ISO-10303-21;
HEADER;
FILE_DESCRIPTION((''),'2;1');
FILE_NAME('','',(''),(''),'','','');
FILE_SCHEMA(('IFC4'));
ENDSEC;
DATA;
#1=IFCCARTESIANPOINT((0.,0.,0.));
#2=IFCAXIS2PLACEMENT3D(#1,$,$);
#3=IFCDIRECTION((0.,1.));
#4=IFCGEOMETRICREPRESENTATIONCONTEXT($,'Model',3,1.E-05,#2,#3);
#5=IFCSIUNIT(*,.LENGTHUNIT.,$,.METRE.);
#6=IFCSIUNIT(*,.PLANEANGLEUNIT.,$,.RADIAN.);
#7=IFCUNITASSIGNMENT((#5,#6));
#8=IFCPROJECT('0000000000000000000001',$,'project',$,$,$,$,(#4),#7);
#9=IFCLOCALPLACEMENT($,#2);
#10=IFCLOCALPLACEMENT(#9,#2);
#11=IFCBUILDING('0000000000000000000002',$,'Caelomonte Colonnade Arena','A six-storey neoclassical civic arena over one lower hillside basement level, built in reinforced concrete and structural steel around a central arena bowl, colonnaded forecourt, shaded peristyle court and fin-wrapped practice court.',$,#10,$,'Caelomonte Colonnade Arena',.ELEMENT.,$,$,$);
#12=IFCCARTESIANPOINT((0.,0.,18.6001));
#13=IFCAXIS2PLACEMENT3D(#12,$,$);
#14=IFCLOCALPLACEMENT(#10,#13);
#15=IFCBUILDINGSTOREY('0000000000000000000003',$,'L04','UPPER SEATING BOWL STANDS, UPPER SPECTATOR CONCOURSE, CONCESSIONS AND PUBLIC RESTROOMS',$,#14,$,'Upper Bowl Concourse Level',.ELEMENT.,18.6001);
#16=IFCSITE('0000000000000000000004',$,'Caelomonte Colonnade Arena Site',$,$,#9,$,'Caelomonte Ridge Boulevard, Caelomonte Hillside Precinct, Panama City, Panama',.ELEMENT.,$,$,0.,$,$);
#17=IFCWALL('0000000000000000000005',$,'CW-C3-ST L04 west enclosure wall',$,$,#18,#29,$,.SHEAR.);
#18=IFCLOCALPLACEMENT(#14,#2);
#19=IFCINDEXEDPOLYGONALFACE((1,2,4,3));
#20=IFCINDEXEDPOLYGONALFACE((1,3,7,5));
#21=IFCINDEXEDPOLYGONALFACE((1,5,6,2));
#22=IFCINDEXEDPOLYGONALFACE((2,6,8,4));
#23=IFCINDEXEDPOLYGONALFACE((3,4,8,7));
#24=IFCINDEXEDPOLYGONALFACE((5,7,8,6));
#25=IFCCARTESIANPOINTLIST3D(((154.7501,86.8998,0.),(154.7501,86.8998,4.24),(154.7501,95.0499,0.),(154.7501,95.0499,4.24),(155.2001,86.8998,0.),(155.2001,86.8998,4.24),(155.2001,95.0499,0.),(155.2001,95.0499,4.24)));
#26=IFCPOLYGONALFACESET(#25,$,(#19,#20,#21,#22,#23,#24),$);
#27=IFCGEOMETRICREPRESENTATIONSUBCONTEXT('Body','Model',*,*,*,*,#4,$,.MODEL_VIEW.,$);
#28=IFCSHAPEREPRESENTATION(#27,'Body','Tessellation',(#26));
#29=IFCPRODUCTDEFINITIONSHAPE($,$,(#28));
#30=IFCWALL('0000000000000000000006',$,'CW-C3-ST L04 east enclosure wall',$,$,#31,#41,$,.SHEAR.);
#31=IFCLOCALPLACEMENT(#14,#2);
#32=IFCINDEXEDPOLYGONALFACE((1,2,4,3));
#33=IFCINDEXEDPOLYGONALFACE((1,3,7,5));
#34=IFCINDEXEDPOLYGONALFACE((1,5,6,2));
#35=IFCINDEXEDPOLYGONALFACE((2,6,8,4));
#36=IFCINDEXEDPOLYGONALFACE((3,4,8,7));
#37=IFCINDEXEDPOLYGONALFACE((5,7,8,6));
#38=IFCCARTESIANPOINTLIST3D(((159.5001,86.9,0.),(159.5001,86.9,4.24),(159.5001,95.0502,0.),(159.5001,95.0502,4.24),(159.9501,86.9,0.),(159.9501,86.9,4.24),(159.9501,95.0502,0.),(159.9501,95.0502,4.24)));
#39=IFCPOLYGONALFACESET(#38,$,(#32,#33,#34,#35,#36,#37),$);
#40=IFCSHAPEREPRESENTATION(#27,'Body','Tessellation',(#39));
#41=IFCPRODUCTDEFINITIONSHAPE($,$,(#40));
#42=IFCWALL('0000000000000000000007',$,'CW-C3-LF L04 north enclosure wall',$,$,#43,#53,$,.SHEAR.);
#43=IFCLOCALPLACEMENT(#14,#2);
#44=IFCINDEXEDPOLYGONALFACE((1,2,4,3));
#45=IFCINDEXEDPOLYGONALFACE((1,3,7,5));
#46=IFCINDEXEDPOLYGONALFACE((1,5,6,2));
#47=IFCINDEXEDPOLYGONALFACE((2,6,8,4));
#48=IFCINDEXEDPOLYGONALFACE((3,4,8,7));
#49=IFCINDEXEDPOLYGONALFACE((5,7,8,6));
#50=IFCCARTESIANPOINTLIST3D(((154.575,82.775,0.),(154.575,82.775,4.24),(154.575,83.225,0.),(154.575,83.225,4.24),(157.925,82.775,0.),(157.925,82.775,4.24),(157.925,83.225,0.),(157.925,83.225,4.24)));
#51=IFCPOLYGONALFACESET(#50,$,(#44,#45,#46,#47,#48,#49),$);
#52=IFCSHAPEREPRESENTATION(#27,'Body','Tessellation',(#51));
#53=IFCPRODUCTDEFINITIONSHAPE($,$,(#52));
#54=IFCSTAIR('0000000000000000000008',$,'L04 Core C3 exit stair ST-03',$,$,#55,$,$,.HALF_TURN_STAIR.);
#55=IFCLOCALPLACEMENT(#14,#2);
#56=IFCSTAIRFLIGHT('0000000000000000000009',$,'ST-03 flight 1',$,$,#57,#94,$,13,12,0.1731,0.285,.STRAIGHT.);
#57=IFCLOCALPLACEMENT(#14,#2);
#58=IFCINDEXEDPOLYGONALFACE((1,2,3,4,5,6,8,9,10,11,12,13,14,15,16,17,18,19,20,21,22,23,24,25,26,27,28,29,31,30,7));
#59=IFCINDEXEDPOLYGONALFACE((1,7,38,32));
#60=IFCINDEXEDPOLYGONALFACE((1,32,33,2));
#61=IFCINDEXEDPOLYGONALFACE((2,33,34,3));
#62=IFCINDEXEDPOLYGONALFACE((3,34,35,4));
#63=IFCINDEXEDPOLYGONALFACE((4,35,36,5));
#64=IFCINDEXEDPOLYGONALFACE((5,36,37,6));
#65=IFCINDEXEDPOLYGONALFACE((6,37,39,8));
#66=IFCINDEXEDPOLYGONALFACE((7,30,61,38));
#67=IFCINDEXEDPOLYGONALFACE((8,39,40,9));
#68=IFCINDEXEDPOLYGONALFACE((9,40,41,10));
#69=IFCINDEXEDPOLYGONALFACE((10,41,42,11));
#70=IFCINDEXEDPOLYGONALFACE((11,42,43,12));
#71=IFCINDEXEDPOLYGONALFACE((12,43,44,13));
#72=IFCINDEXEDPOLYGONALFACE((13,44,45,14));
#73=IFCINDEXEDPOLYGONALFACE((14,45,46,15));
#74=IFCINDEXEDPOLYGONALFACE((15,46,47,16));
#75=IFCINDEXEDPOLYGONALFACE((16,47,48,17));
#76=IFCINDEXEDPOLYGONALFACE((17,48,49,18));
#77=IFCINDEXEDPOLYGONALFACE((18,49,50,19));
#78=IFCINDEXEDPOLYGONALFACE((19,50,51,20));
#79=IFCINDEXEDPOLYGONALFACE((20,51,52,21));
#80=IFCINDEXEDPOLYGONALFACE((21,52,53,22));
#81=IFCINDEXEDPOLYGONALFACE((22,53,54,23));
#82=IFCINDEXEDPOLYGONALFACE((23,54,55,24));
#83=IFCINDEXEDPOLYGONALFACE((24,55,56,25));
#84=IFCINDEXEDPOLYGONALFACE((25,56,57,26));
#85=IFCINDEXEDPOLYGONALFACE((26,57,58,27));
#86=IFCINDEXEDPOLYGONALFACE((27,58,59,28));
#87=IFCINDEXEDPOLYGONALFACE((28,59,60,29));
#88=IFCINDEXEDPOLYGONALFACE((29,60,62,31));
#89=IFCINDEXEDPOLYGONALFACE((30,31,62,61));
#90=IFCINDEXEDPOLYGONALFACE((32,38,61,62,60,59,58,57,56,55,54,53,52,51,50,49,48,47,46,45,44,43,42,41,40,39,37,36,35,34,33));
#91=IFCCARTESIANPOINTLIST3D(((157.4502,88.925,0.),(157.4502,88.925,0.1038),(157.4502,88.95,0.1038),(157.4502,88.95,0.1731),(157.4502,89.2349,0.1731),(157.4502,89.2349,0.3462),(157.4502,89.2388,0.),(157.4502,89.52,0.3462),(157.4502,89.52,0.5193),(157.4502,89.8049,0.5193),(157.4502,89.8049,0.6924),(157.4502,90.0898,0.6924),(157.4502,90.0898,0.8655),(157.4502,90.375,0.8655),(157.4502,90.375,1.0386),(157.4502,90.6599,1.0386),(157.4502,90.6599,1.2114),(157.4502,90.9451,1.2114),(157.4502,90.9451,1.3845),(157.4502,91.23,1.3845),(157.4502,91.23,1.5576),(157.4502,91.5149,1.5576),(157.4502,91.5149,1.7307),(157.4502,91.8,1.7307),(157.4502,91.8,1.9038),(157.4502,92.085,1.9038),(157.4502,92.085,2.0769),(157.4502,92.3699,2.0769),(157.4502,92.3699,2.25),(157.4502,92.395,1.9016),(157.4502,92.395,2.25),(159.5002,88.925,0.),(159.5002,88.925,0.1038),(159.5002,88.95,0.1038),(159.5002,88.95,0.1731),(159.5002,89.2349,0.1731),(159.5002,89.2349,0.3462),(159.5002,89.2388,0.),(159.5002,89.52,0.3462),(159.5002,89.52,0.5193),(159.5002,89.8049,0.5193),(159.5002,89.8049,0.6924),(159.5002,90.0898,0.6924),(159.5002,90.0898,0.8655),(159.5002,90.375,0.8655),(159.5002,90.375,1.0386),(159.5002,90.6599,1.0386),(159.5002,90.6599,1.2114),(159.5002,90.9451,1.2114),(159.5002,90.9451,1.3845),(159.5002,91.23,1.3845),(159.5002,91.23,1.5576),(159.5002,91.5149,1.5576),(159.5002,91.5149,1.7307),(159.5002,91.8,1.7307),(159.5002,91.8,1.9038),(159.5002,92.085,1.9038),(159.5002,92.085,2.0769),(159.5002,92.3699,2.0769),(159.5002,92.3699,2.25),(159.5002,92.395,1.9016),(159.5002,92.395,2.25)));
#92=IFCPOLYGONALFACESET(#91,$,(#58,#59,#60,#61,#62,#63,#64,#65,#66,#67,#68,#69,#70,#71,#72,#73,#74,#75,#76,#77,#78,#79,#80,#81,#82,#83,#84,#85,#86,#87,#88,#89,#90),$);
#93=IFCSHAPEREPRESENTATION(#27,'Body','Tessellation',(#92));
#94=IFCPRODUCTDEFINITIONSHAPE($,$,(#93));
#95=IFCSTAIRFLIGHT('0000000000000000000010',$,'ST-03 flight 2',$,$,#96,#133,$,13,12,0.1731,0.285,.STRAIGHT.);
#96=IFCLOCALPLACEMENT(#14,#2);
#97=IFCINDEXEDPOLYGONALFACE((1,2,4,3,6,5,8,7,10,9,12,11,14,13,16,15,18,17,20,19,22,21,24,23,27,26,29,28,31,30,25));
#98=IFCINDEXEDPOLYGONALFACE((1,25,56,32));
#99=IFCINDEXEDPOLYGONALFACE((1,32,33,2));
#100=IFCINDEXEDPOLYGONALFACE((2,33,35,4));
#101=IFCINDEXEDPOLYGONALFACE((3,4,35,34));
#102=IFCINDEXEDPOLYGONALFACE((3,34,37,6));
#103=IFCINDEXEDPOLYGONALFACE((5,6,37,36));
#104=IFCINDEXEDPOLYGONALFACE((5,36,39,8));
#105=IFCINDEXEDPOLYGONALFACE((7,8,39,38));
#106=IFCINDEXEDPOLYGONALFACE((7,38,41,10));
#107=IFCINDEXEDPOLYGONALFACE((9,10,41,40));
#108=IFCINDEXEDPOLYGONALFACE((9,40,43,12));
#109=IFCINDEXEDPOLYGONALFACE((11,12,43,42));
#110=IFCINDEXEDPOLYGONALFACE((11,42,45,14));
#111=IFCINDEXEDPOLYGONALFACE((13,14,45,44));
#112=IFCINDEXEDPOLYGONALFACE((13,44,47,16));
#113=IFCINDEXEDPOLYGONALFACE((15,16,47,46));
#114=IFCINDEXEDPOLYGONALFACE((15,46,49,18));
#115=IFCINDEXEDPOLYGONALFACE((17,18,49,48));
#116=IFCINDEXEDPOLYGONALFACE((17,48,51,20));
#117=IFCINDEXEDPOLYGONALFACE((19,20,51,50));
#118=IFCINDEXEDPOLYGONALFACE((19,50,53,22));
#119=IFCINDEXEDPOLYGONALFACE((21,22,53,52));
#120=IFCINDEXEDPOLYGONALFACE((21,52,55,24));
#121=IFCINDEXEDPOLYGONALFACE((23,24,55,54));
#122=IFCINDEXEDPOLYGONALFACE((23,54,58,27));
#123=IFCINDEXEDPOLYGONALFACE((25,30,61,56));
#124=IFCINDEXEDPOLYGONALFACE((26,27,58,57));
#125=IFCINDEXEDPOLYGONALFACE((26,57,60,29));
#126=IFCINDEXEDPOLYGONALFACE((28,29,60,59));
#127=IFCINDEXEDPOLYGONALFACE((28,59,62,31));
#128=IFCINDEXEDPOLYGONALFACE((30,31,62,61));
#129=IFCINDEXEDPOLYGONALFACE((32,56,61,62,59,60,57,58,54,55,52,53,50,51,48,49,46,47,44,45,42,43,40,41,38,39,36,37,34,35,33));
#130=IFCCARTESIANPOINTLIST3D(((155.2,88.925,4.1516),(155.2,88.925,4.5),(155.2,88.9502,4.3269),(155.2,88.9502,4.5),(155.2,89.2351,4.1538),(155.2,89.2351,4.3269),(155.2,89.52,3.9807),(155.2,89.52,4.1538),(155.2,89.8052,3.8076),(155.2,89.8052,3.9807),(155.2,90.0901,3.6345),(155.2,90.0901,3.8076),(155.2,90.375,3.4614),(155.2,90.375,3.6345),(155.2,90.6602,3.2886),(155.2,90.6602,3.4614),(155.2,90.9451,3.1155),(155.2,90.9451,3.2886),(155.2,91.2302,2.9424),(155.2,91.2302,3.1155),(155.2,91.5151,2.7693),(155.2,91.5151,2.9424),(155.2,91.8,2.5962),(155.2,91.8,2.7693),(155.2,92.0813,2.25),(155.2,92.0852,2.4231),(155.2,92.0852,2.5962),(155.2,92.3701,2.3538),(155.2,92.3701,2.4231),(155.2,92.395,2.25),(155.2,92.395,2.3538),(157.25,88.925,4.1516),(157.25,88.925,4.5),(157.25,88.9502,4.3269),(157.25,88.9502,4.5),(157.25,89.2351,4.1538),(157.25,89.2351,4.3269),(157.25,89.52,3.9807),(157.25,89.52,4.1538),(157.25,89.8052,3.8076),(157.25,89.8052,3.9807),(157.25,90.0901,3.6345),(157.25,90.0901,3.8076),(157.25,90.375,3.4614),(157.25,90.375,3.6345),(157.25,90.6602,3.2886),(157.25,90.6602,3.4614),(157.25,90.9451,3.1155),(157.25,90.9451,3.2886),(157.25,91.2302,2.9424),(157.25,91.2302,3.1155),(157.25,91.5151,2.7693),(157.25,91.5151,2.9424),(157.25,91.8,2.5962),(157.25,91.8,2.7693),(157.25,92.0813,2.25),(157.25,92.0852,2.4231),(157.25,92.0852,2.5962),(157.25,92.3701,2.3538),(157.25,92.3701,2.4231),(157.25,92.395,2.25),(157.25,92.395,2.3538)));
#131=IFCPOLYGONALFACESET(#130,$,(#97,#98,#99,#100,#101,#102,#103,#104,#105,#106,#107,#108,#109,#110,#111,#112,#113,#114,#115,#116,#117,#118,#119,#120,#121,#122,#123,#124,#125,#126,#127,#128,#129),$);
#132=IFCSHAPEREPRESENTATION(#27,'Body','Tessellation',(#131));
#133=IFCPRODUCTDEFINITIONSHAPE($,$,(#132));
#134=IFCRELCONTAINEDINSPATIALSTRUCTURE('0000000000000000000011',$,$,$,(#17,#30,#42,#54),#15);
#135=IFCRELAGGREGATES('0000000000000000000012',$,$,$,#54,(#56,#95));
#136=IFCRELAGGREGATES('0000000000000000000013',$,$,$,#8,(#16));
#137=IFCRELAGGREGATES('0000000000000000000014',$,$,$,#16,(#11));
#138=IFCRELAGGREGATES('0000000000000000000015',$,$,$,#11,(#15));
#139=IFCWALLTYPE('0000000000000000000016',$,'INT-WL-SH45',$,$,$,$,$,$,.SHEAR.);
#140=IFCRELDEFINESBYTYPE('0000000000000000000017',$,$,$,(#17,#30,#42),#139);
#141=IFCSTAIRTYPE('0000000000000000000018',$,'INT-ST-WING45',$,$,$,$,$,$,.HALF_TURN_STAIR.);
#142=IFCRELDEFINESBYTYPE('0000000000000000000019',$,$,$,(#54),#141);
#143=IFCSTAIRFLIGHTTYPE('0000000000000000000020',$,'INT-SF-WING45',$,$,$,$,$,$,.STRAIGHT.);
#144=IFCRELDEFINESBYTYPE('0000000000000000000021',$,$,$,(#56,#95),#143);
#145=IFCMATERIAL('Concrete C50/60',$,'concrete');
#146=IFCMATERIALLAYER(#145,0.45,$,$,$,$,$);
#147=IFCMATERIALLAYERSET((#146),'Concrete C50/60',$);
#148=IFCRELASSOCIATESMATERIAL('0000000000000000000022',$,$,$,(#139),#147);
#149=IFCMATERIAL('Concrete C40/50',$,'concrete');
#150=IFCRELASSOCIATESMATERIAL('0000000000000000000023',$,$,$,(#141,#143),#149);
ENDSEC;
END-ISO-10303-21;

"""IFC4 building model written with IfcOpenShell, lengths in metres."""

from ifc_helpers import new_model, si_unit, direction, frame, frame_2d, origin, place, context, subcontext, project, spatial, polyline, rectangle, outline, extrude, material, layer, layer_set, type_object, element, aggregate, save


model = new_model("IFC4")

# Units and contexts
model_context = context("Model", 3, precision=1e-05, world=origin(), true_north=direction((0.0, 1.0)))
body_context = subcontext(model_context, "Body", "Model", "MODEL_VIEW")
ifc_project = project(units=[si_unit("LENGTHUNIT", "METRE"), si_unit("PLANEANGLEUNIT", "RADIAN")], contexts=[model_context])

# Site, building, storey
site_placement = place(None, origin())
site = spatial("IfcSite", under=ifc_project, at=site_placement, Name="Caelomonte Colonnade Arena Site", LongName="Caelomonte Ridge Boulevard, Caelomonte Hillside Precinct, Panama City, Panama", CompositionType="ELEMENT", RefElevation=0.0)
building_placement = place(site_placement, origin())
building = spatial("IfcBuilding", under=site, at=building_placement, Name="Caelomonte Colonnade Arena", Description="A six-storey neoclassical civic arena over one lower hillside basement level, built in reinforced concrete and structural steel around a central arena bowl, colonnaded forecourt, shaded peristyle court and fin-wrapped practice court.", LongName="Caelomonte Colonnade Arena", CompositionType="ELEMENT")
storey_placement = place(building_placement, frame((0.0, 0.0, 18.6001)))
storey = spatial("IfcBuildingStorey", under=building, at=storey_placement, Name="L04", Description="UPPER SEATING BOWL STANDS, UPPER SPECTATOR CONCOURSE, CONCESSIONS AND PUBLIC RESTROOMS", LongName="Upper Bowl Concourse Level", CompositionType="ELEMENT", Elevation=18.6001)

# Shared definitions
ifc_material_1 = material(Name="Concrete C40/50", Category="concrete")

# Shared definitions
ifc_material_2 = material(Name="Concrete C50/60", Category="concrete")
ifc_layer_1 = layer(ifc_material_2, 0.45)
ifc_layer_set_1 = layer_set([ifc_layer_1], Name="Concrete C50/60")
wall_type_1 = type_object("IfcWallType", Name="INT-WL-SH45", PredefinedType="SHEAR", material=ifc_layer_set_1)

# Walls
for number, where, z_axis, x_axis, name in (
    (1, (154.9751, 95.05, 0.0), (0.0, 0.0, 1.0), (0.0, -1.0, 0.0), "CW-C3-ST L04 west enclosure wall"),
    (2, (159.7251, 86.8999, 0.0), (0.0, 0.0, 1.0), (0.0, 1.0, 0.0), "CW-C3-ST L04 east enclosure wall"),
):
    element("IfcWall", number, at=place(storey_placement, frame(where, z_axis=z_axis, x_axis=x_axis)), inside=storey, type_object=wall_type_1, Name=name, PredefinedType="SHEAR", context=body_context, shape_type="SweptSolid", body=[
        extrude(rectangle(XDim=8.1501, YDim=0.45, at=frame_2d((4.0752, 0.0))), origin(), (0.0, 0.0, 1.0), 4.24),
    ])
wall_1_placement = place(storey_placement, frame((157.925, 83.0, 0.0), z_axis=(0.0, 0.0, 1.0), x_axis=(-1.0, 0.0, 0.0)))
element("IfcWall", 3, at=wall_1_placement, inside=storey, type_object=wall_type_1, Name="CW-C3-LF L04 north enclosure wall", PredefinedType="SHEAR", context=body_context, shape_type="SweptSolid", body=[
    extrude(rectangle(XDim=3.3501, YDim=0.45, at=frame_2d((1.675, 0.0))), origin(), (0.0, 0.0, 1.0), 4.24),
])

# Stair, stair flights
stair_type = type_object("IfcStairType", Name="INT-ST-WING45", PredefinedType="HALF_TURN_STAIR", material=ifc_material_1)
stair_placement = place(storey_placement, origin())
stair = element("IfcStair", 4, at=stair_placement, inside=storey, type_object=stair_type, Name="L04 Core C3 exit stair ST-03", PredefinedType="HALF_TURN_STAIR")
stair_flight_type = type_object("IfcStairFlightType", Name="INT-SF-WING45", PredefinedType="STRAIGHT", material=ifc_material_1)
stair_flight_1_placement = place(storey_placement, frame((158.4751, 88.95, 0.0), z_axis=(0.0, 0.0, 1.0), x_axis=(0.0, 1.0, 0.0)))
stair_flight_1 = element("IfcStairFlight", 5, at=stair_flight_1_placement, type_object=stair_flight_type, Name="ST-03 flight 1", NumberOfRisers=13, NumberOfTreads=12, PredefinedType="STRAIGHT", RiserHeight=0.1731, TreadLength=0.285, context=body_context, shape_type="SweptSolid", body=[
    extrude(outline(polyline([(-0.0249, 0.0), (-0.0249, 0.1038), (0.0, 0.1038), (0.0, 0.1731), (0.2849, 0.1731), (0.2849, 0.3462), (0.5701, 0.3462), (0.5701, 0.5193), (0.855, 0.5193), (0.855, 0.6924), (1.1399, 0.6924), (1.1399, 0.8655), (1.425, 0.8655), (1.425, 1.0386), (1.71, 1.0386), (1.71, 1.2114), (1.9951, 1.2114), (1.9951, 1.3845), (2.28, 1.3845), (2.28, 1.5576), (2.5649, 1.5576), (2.5649, 1.7307), (2.8501, 1.7307), (2.8501, 1.9038), (3.135, 1.9038), (3.135, 2.0769), (3.4199, 2.0769), (3.4199, 2.25), (3.4451, 2.25), (3.4451, 1.9016), (0.2888, 0.0), (-0.0249, 0.0)])), frame((0.0, 1.0249, 0.0), z_axis=(0.0, -1.0, 0.0), x_axis=(1.0, 0.0, 0.0)), (0.0, 0.0, 1.0), 2.05),
])
stair_flight_2_placement = place(storey_placement, frame((156.2251, 92.3701, 2.25), z_axis=(0.0, 0.0, 1.0), x_axis=(0.0, -1.0, 0.0)))
stair_flight_2 = element("IfcStairFlight", 6, at=stair_flight_2_placement, type_object=stair_flight_type, Name="ST-03 flight 2", NumberOfRisers=13, NumberOfTreads=12, PredefinedType="STRAIGHT", RiserHeight=0.1731, TreadLength=0.285, context=body_context, shape_type="SweptSolid", body=[
    extrude(outline(polyline([(-0.0249, 0.0), (-0.0249, 0.1038), (0.0, 0.1038), (0.0, 0.1731), (0.2849, 0.1731), (0.2849, 0.3462), (0.5701, 0.3462), (0.5701, 0.5193), (0.855, 0.5193), (0.855, 0.6924), (1.1399, 0.6924), (1.1399, 0.8655), (1.425, 0.8655), (1.425, 1.0386), (1.71, 1.0386), (1.71, 1.2114), (1.9951, 1.2114), (1.9951, 1.3845), (2.28, 1.3845), (2.28, 1.5576), (2.5649, 1.5576), (2.5649, 1.7307), (2.8501, 1.7307), (2.8501, 1.9038), (3.135, 1.9038), (3.135, 2.0769), (3.4199, 2.0769), (3.4199, 2.25), (3.4451, 2.25), (3.4451, 1.9016), (0.2888, 0.0), (-0.0249, 0.0)])), frame((0.0, 1.0249, 0.0), z_axis=(0.0, -1.0, 0.0), x_axis=(1.0, 0.0, 0.0)), (0.0, 0.0, 1.0), 2.05),
])
aggregate(stair, [stair_flight_1, stair_flight_2])

save(model, "model.ifc")
